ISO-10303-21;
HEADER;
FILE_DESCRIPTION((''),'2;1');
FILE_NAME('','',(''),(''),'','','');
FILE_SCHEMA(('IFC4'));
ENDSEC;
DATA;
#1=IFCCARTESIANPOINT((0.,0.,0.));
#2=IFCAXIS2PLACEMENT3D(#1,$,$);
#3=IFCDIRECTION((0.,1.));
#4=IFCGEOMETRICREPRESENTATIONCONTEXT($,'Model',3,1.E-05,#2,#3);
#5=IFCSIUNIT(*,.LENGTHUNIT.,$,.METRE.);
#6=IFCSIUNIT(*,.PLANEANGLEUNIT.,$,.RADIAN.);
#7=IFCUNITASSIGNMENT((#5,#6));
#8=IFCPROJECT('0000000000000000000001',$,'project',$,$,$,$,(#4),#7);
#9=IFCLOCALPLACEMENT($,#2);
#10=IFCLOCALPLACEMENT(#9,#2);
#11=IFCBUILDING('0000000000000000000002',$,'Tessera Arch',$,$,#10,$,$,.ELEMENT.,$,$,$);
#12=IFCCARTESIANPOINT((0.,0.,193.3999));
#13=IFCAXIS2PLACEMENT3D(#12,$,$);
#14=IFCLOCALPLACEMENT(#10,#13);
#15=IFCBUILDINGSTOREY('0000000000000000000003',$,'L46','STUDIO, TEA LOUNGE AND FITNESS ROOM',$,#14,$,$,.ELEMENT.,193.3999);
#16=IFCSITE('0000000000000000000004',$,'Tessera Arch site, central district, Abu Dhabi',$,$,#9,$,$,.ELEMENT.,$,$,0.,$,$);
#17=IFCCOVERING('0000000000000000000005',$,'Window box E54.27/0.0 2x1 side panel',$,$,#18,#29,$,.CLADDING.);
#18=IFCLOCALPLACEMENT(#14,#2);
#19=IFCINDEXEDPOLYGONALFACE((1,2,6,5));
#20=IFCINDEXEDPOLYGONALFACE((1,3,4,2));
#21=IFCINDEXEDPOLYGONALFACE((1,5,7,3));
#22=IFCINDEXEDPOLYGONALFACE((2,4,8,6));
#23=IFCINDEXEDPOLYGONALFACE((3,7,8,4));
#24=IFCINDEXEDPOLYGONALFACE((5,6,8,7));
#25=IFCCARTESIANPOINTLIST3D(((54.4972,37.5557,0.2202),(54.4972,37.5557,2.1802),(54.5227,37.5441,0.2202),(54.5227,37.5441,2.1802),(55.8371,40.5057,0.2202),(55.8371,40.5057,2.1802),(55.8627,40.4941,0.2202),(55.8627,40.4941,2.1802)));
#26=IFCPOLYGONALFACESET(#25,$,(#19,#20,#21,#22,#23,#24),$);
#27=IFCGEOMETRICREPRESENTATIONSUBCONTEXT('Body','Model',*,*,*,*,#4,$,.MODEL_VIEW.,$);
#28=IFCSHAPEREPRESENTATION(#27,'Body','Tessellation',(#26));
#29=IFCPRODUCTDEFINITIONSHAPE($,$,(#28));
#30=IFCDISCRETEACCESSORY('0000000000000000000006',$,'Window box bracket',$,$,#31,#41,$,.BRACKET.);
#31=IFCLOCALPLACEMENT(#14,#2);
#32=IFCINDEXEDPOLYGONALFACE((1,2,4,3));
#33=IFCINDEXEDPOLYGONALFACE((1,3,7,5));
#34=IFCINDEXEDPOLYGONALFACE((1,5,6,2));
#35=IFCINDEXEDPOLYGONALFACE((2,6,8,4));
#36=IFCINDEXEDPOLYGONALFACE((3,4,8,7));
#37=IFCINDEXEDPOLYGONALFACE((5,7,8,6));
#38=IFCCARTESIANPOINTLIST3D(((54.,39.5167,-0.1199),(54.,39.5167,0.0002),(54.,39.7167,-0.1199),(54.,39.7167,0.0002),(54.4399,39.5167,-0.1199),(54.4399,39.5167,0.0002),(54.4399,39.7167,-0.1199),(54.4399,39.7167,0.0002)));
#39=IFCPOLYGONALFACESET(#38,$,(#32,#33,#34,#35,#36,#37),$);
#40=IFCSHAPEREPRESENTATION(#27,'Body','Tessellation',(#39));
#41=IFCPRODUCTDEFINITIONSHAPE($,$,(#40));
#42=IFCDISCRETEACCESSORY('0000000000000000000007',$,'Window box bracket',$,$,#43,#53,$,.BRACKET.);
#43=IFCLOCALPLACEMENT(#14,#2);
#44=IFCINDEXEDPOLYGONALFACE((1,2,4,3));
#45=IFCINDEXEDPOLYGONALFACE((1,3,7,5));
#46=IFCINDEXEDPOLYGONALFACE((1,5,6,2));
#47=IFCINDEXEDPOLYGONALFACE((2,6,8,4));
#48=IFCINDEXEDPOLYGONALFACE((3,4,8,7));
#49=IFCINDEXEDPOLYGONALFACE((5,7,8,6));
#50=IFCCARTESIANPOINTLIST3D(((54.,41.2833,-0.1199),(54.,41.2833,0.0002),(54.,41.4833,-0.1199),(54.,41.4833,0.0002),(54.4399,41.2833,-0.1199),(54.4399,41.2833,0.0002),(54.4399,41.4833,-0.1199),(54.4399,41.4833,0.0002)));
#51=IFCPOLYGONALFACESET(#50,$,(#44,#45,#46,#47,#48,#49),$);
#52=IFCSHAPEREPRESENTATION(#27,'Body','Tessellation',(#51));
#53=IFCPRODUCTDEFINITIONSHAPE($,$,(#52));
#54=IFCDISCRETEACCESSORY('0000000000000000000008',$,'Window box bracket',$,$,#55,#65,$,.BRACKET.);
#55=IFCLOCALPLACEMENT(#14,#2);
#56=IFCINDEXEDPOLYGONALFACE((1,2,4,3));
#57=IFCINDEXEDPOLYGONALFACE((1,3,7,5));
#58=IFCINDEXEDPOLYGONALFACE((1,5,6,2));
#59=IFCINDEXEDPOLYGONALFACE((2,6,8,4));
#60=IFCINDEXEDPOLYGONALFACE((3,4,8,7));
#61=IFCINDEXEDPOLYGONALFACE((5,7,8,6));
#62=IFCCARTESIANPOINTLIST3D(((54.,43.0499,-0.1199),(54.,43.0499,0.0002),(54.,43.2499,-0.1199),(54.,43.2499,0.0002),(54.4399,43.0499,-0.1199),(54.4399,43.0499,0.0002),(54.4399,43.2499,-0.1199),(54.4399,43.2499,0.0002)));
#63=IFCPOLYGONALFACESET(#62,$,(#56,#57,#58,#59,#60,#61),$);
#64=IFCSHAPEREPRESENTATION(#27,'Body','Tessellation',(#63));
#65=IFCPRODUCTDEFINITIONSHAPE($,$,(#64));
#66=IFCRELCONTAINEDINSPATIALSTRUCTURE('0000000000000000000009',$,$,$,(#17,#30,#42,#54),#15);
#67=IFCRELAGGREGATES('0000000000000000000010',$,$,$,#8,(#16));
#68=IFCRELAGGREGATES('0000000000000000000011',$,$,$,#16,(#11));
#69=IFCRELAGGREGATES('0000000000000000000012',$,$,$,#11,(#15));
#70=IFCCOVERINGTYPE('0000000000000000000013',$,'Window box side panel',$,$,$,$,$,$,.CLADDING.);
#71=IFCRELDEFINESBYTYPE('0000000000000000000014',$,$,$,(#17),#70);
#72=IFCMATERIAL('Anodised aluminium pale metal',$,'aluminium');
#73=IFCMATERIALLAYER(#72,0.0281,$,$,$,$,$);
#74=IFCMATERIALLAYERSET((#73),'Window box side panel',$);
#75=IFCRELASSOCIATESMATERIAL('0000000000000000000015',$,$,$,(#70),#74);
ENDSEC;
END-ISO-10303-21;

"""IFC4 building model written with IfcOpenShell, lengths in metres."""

from ifc_helpers import new_model, si_unit, direction, frame, origin, origin_2d, place, context, subcontext, project, spatial, rectangle, extrude, material, layer, layer_set, type_object, element, save


model = new_model("IFC4")

# Units and contexts
model_context = context("Model", 3, precision=1e-05, world=origin(), true_north=direction((0.0, 1.0)))
body_context = subcontext(model_context, "Body", "Model", "MODEL_VIEW")
ifc_project = project(units=[si_unit("LENGTHUNIT", "METRE"), si_unit("PLANEANGLEUNIT", "RADIAN")], contexts=[model_context])

# Site, building, storey
site_placement = place(None, origin())
site = spatial("IfcSite", under=ifc_project, at=site_placement, Name="Tessera Arch site, central district, Abu Dhabi", CompositionType="ELEMENT", RefElevation=0.0)
building_placement = place(site_placement, origin())
building = spatial("IfcBuilding", under=site, at=building_placement, Name="Tessera Arch", CompositionType="ELEMENT")
storey_placement = place(building_placement, frame((0.0, 0.0, 193.3999)))
storey = spatial("IfcBuildingStorey", under=building, at=storey_placement, Name="L46", Description="STUDIO, TEA LOUNGE AND FITNESS ROOM", CompositionType="ELEMENT", Elevation=193.3999)

# Covering
ifc_material_1 = material(Name="Anodised aluminium pale metal", Category="aluminium")
ifc_layer_1 = layer(ifc_material_1, 0.0281)
ifc_layer_set_1 = layer_set([ifc_layer_1], Name="Window box side panel")
covering_type = type_object("IfcCoveringType", Name="Window box side panel", PredefinedType="CLADDING", material=ifc_layer_set_1)
covering_placement = place(storey_placement, frame((55.1799, 39.0249, 0.2202), z_axis=(0.0, 0.0, 1.0), x_axis=(0.41357, 0.910472, 0.0)))
element("IfcCovering", 1, at=covering_placement, inside=storey, type_object=covering_type, Name="Window box E54.27/0.0 2x1 side panel", PredefinedType="CLADDING", context=body_context, shape_type="SweptSolid", body=[
    extrude(rectangle(XDim=3.24, YDim=0.0281, at=origin_2d()), origin(), (0.0, 0.0, 1.0), 1.96),
])

# Discrete accessories
for number, where, z_axis, x_axis, name in (
    (2, (54.22, 39.6167, -0.1199), (0.0, 0.0, 1.0), (1.0, 0.0, 0.0), "Window box bracket"),
    (3, (54.22, 41.3833, -0.1199), (0.0, 0.0, 1.0), (1.0, 0.0, 0.0), "Window box bracket"),
    (4, (54.22, 43.1499, -0.1199), (0.0, 0.0, 1.0), (1.0, 0.0, 0.0), "Window box bracket"),
):
    element("IfcDiscreteAccessory", number, at=place(storey_placement, frame(where, z_axis=z_axis, x_axis=x_axis)), inside=storey, Name=name, PredefinedType="BRACKET", context=body_context, shape_type="SweptSolid", body=[
        extrude(rectangle(XDim=0.4399, YDim=0.2, at=origin_2d()), origin(), (0.0, 0.0, 1.0), 0.1201),
    ])

save(model, "model.ifc")
